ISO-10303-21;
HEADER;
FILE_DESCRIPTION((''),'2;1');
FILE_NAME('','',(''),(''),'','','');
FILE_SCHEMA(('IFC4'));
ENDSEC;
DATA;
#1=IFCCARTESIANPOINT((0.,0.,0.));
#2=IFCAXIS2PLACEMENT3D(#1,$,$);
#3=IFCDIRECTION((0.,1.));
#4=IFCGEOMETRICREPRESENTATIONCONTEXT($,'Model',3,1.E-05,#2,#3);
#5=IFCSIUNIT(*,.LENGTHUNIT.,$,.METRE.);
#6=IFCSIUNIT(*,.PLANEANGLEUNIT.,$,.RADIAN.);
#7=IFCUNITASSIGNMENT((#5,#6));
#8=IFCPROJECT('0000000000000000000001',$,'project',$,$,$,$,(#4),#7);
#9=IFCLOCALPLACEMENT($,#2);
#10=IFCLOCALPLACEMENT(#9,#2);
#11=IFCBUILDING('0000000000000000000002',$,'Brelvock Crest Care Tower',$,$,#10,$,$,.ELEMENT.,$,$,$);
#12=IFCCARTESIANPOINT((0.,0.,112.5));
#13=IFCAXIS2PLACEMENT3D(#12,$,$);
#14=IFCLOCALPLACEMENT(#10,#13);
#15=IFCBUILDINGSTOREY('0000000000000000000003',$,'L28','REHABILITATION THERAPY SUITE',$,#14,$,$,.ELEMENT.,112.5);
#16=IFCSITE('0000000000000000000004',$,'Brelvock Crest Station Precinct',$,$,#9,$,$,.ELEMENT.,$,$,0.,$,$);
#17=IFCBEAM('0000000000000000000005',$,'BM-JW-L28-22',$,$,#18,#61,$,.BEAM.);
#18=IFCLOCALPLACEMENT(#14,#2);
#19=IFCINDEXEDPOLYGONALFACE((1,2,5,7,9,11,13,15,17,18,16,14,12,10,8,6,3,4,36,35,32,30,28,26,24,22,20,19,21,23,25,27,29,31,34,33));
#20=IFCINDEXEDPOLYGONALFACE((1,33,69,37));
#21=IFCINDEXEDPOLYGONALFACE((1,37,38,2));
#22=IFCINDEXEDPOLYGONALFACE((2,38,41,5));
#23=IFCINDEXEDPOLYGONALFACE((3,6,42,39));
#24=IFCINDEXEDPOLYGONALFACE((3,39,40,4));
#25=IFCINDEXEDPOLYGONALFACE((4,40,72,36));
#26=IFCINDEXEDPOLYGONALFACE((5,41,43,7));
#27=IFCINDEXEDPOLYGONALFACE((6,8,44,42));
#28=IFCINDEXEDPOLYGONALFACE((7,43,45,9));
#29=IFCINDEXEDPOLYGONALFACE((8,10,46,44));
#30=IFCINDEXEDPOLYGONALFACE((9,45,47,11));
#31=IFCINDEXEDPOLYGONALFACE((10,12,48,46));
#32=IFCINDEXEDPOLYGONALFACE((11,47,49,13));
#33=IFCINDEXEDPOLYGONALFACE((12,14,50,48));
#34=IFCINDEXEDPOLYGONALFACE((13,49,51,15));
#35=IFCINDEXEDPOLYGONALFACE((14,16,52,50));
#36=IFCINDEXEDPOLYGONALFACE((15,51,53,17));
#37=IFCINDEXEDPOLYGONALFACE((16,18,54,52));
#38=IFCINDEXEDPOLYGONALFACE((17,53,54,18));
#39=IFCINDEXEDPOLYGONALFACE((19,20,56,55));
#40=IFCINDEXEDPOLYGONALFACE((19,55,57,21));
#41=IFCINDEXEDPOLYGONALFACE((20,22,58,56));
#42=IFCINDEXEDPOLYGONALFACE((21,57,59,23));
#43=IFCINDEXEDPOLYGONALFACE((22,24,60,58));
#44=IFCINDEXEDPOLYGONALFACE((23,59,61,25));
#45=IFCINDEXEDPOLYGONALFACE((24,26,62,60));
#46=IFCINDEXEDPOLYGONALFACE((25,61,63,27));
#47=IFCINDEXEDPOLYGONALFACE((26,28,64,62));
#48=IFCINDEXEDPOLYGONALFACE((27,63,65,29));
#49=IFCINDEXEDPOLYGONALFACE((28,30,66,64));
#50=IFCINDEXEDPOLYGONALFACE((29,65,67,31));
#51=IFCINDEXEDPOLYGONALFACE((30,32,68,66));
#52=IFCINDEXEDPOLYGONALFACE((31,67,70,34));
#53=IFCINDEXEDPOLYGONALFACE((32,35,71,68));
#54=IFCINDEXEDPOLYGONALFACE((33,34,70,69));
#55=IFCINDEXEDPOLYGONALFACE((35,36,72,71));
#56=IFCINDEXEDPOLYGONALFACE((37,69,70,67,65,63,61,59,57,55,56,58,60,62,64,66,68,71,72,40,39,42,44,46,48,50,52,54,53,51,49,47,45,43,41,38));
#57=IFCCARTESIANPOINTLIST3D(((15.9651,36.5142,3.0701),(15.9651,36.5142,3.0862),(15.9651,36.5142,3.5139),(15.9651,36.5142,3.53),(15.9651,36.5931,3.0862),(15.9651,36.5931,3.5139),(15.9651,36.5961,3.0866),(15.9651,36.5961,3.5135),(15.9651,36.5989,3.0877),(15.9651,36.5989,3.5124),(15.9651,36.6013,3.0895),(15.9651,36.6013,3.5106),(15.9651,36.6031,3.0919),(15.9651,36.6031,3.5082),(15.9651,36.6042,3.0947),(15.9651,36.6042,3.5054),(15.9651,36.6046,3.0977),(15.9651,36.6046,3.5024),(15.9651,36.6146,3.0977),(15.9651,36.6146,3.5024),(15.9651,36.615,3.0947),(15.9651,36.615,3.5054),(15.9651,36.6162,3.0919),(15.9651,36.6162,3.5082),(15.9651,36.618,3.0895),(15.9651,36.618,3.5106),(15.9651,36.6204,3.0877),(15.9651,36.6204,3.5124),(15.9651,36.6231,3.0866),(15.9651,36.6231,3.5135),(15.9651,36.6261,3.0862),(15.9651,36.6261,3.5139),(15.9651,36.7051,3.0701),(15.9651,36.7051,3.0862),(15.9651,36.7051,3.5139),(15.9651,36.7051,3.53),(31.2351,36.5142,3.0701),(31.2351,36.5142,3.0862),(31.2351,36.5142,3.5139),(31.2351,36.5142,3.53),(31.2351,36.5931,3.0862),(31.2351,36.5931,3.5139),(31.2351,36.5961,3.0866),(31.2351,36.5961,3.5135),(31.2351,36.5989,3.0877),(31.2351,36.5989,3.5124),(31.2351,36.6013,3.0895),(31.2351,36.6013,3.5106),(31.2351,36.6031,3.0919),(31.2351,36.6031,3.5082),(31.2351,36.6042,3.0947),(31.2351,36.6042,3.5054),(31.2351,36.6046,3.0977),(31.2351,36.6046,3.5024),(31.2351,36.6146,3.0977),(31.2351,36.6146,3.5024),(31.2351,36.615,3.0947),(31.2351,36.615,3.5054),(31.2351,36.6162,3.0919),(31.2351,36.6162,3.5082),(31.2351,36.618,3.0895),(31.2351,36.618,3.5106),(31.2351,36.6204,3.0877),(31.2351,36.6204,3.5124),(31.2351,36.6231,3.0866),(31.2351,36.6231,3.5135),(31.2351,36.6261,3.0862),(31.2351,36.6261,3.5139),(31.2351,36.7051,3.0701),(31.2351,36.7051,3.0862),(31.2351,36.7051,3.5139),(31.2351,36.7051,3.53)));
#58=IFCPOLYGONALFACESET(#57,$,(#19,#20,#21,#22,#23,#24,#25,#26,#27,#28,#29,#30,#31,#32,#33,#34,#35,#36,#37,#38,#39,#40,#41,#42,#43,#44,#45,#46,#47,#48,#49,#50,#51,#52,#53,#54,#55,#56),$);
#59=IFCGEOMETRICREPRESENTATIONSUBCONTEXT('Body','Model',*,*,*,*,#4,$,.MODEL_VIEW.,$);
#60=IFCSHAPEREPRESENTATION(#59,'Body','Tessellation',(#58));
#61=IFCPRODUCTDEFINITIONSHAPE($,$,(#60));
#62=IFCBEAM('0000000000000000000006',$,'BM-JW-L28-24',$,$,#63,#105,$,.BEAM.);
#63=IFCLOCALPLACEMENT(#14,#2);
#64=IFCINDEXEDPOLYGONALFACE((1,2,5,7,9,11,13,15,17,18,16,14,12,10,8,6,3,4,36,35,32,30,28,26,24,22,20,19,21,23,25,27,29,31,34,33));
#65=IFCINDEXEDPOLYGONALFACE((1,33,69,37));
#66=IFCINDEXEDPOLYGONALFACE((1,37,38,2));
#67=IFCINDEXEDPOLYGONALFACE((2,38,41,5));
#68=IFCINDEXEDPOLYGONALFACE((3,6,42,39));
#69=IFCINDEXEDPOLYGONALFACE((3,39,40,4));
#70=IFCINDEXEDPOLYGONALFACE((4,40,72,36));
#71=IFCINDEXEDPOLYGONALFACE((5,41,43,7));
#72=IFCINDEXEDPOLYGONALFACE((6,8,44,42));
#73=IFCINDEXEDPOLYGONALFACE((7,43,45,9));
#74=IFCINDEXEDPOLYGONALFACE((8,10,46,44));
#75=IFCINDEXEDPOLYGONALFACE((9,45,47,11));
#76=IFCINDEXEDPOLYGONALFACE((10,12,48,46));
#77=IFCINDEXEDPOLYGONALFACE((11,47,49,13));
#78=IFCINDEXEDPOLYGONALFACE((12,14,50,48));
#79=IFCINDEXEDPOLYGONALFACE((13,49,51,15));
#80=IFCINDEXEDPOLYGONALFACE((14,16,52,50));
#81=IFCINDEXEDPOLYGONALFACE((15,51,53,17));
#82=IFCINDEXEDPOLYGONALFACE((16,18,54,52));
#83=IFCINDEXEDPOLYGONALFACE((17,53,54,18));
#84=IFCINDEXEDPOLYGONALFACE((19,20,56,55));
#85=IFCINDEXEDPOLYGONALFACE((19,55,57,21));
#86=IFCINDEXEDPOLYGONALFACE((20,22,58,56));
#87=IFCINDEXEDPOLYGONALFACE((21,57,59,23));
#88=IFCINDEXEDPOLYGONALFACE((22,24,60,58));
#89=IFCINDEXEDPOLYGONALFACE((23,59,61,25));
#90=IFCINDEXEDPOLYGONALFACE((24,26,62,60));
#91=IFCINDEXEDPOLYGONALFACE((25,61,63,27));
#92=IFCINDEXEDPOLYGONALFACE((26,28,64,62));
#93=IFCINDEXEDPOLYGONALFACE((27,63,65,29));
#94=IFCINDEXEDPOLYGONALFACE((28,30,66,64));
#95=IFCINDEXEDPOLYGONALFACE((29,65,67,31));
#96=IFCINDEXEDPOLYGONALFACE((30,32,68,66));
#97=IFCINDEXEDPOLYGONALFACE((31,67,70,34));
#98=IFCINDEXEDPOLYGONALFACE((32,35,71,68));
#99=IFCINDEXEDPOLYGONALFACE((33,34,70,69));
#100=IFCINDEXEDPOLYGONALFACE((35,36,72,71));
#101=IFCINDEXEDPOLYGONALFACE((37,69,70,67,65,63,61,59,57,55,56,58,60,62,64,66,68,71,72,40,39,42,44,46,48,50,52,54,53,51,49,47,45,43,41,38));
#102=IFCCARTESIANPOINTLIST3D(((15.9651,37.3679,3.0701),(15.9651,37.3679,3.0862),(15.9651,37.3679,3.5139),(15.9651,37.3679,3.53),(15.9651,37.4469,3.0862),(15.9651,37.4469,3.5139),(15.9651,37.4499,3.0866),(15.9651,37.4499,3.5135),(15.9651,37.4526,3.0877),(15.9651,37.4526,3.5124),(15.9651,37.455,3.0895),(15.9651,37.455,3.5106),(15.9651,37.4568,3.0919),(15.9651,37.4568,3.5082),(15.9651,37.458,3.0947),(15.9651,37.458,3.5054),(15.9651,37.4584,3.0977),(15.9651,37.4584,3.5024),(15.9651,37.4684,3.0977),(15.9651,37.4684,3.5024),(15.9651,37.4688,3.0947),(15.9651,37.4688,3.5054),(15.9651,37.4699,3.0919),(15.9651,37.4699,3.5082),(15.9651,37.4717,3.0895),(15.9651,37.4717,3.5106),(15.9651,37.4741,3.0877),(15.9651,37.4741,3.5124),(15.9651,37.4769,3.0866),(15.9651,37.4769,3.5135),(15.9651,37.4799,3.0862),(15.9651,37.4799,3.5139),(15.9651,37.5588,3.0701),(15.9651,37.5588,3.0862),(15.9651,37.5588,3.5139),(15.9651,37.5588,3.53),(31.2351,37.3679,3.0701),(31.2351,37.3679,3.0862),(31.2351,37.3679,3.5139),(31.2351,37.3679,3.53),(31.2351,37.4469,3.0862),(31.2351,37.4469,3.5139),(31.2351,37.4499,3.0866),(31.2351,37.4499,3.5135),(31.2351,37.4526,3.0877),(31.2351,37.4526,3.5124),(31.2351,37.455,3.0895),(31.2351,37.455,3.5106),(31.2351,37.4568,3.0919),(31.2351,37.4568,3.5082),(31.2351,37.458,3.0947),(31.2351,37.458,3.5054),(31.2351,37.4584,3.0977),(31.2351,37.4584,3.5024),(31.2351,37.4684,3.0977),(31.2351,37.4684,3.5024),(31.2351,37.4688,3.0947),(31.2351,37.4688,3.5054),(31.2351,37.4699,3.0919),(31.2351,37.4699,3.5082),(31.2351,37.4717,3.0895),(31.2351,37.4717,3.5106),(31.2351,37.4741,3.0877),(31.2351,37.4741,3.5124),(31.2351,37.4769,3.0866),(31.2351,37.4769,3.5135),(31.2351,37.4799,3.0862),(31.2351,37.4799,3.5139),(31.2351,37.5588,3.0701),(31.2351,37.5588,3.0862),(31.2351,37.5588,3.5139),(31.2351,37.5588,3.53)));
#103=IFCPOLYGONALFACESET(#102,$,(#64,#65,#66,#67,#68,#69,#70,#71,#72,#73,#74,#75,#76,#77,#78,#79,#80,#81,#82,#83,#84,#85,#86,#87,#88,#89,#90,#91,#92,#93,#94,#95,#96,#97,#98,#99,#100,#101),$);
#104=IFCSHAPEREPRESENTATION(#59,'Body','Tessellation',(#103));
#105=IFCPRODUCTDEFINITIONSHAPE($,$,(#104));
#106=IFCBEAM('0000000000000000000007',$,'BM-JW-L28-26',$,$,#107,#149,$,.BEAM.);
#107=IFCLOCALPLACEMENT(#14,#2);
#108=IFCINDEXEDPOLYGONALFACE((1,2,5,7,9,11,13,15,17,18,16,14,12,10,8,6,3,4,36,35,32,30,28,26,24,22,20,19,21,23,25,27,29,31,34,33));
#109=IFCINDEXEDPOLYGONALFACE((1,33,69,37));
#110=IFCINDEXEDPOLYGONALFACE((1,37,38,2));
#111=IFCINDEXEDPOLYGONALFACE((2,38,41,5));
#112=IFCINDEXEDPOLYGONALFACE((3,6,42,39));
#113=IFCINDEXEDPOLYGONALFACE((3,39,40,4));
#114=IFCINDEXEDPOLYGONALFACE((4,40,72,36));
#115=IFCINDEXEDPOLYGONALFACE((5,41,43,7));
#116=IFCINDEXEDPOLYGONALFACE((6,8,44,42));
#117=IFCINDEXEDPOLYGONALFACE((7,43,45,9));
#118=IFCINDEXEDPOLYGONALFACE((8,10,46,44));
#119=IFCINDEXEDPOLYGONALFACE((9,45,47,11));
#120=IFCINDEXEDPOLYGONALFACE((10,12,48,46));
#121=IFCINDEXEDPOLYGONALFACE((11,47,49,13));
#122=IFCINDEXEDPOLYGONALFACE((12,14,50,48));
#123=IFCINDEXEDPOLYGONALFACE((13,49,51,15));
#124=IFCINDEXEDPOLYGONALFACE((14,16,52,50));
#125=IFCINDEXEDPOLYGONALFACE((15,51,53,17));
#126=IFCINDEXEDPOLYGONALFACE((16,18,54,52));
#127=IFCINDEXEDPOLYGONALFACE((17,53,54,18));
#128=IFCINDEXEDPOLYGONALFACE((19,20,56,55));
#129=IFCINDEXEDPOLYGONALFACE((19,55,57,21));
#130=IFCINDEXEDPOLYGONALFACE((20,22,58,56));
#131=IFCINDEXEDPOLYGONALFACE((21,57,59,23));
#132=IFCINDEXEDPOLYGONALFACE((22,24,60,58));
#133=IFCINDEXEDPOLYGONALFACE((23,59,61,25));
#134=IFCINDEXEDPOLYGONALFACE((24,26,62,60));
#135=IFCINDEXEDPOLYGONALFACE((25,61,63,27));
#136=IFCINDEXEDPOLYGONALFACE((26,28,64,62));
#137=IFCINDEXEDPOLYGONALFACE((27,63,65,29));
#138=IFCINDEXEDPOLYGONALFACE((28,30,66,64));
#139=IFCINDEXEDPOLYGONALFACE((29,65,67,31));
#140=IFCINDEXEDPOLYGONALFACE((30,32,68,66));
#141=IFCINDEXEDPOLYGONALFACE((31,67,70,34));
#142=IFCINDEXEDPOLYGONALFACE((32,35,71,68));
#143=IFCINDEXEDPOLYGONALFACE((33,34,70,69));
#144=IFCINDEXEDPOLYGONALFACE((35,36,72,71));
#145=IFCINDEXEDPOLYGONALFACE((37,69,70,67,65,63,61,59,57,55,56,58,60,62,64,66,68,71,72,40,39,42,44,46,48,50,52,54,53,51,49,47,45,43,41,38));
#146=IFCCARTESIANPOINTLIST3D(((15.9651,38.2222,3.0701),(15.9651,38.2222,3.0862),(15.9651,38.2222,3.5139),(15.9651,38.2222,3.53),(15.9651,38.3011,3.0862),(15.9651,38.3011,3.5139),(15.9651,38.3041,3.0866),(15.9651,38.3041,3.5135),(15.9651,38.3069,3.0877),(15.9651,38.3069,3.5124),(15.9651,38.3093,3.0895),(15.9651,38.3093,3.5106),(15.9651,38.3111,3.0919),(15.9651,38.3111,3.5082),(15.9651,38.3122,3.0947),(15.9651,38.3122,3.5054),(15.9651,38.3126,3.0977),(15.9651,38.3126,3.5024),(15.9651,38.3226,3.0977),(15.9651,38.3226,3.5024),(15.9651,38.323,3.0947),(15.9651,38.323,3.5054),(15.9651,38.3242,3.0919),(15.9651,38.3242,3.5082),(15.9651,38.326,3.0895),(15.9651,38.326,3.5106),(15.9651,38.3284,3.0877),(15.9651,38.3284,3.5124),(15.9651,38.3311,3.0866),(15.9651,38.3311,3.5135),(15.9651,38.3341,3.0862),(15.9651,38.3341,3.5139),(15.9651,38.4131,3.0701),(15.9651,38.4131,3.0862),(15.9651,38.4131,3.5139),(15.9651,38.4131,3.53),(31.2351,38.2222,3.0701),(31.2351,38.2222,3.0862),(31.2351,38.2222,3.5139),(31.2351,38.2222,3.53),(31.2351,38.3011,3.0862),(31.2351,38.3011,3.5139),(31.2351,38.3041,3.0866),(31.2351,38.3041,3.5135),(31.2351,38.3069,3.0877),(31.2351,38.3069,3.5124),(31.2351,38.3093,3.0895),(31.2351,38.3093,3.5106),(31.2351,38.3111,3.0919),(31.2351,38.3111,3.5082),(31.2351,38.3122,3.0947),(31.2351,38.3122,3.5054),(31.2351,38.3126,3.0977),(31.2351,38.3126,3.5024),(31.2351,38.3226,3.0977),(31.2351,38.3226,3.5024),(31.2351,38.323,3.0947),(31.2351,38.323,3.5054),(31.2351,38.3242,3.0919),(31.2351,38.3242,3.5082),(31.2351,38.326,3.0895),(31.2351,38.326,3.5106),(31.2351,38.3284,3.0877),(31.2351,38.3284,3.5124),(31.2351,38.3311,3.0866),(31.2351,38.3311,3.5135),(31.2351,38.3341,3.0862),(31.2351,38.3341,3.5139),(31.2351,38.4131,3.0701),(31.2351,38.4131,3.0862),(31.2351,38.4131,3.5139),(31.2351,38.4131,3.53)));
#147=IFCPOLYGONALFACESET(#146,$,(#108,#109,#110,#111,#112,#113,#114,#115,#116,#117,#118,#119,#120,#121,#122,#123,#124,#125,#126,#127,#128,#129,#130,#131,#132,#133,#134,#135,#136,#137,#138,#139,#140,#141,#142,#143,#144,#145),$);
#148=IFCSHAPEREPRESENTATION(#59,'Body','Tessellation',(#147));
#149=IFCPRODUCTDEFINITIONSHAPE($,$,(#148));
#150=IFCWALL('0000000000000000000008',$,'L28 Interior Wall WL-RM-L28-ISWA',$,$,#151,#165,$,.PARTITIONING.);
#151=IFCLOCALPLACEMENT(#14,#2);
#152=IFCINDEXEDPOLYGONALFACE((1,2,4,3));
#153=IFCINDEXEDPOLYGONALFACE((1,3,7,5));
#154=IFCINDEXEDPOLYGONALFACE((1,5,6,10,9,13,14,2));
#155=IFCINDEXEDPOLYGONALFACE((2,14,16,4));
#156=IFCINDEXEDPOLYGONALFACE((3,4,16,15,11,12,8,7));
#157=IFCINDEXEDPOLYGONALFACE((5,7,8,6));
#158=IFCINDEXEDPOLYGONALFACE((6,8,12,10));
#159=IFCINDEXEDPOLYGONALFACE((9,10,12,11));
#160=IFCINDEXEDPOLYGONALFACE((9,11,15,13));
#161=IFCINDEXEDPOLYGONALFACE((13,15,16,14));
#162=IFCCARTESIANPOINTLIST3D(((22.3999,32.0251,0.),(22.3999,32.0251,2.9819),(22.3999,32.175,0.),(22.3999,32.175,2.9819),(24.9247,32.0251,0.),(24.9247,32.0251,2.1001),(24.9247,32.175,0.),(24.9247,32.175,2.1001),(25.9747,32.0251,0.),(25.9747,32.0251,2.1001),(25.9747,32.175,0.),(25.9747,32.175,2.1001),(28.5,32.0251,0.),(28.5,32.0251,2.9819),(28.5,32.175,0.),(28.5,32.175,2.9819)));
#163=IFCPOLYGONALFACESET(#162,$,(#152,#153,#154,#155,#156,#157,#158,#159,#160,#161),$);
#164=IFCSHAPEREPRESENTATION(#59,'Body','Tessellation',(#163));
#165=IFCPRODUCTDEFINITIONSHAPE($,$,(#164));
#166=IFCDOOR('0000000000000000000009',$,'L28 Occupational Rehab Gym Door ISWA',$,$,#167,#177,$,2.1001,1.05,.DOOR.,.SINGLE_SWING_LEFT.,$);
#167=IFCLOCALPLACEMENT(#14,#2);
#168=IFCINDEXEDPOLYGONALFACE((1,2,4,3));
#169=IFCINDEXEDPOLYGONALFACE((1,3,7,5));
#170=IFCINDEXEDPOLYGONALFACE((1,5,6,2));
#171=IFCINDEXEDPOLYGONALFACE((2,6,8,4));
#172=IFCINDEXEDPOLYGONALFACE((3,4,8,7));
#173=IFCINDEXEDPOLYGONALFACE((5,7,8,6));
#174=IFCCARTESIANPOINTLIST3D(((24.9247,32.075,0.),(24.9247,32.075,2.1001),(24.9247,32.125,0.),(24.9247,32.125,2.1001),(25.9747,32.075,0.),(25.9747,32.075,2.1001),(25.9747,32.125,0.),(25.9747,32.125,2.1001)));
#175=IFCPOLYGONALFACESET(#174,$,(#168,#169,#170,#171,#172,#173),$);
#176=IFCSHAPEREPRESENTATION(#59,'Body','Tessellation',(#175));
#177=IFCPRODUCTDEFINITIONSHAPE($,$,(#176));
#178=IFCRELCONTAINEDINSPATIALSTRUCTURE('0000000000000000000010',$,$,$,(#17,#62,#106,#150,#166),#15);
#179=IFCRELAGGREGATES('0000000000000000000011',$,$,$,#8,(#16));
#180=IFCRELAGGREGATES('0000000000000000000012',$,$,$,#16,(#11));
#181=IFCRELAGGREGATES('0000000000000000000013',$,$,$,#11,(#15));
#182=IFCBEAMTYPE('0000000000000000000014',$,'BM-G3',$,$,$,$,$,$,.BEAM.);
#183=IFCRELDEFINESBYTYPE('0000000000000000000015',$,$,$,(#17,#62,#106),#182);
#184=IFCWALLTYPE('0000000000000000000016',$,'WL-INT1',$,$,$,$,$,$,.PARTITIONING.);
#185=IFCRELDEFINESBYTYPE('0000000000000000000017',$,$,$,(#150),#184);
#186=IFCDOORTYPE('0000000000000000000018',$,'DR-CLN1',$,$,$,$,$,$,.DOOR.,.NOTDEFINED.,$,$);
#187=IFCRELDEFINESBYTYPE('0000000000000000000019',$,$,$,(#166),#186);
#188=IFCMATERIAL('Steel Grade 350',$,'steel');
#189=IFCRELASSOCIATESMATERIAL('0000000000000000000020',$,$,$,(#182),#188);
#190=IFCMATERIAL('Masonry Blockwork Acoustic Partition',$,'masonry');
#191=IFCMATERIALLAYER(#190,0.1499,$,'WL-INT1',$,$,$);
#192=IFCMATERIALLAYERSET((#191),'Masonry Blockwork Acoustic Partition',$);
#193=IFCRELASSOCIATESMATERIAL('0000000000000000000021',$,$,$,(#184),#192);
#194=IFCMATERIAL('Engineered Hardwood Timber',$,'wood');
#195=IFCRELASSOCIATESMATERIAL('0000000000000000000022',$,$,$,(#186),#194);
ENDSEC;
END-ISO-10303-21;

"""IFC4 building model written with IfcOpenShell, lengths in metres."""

from ifc_helpers import new_model, si_unit, direction, frame, frame_2d, origin, origin_2d, place, context, subcontext, project, spatial, rectangle, i_section, extrude, source, transform, mapped, material, layer, layer_set, material_profile, profile_set, type_object, element, fill, save


model = new_model("IFC4")

# Units and contexts
model_context = context("Model", 3, precision=1e-05, world=origin(), true_north=direction((0.0, 1.0)))
body_context = subcontext(model_context, "Body", "Model", "MODEL_VIEW")
ifc_project = project(units=[si_unit("LENGTHUNIT", "METRE"), si_unit("PLANEANGLEUNIT", "RADIAN")], contexts=[model_context])

# Site, building, storey
site_placement = place(None, origin())
site = spatial("IfcSite", under=ifc_project, at=site_placement, Name="Brelvock Crest Station Precinct", CompositionType="ELEMENT", RefElevation=0.0)
building_placement = place(site_placement, origin())
building = spatial("IfcBuilding", under=site, at=building_placement, Name="Brelvock Crest Care Tower", CompositionType="ELEMENT")
storey_placement = place(building_placement, frame((0.0, 0.0, 112.5)))
storey = spatial("IfcBuildingStorey", under=building, at=storey_placement, Name="L28", Description="REHABILITATION THERAPY SUITE", CompositionType="ELEMENT", Elevation=112.5)

# Beams
ifc_material_1 = material(Name="Steel Grade 350", Category="steel")
ifc_material_profile_1 = material_profile(ifc_material_1, i_section(OverallWidth=0.1909, OverallDepth=0.46, WebThickness=0.01, FlangeThickness=0.0161, FilletRadius=0.0115, at=origin_2d()), Name="460UB82.1")
ifc_profile_set_1 = profile_set([ifc_material_profile_1], Name="Steel Grade 350")
beam_type_1 = type_object("IfcBeamType", Name="BM-G3", PredefinedType="BEAM", material=ifc_profile_set_1)
shared_shape_1 = source(origin(), body_context, "Body", "SweptSolid", [
    extrude(i_section(OverallWidth=0.1909, OverallDepth=0.46, WebThickness=0.01, FlangeThickness=0.0161, FilletRadius=0.0115, at=origin_2d()), origin(), (0.0, 0.0, 1.0), 15.27),
])
for number, where, z_axis, x_axis, name in (
    (1, (15.9651, 36.6096, 3.3), (1.0, 0.0, 0.0), (0.0, 1.0, 0.0), "BM-JW-L28-22"),
    (2, (15.9651, 37.4634, 3.3), (1.0, 0.0, 0.0), (0.0, 1.0, 0.0), "BM-JW-L28-24"),
    (3, (15.9651, 38.3176, 3.3), (1.0, 0.0, 0.0), (0.0, 1.0, 0.0), "BM-JW-L28-26"),
):
    element("IfcBeam", number, at=place(storey_placement, frame(where, z_axis=z_axis, x_axis=x_axis)), inside=storey, type_object=beam_type_1, Name=name, PredefinedType="BEAM", context=body_context, shape_type="MappedRepresentation", body=[
        mapped(shared_shape_1, transform((0.0, 0.0, 0.0), x_axis=(1.0, 0.0, 0.0), y_axis=(0.0, 1.0, 0.0), z_axis=(0.0, 0.0, 1.0), scale=1.0)),
    ])

# Wall, opening, door
ifc_material_2 = material(Name="Masonry Blockwork Acoustic Partition", Category="masonry")
ifc_layer = layer(ifc_material_2, 0.1499, Name="WL-INT1")
ifc_layer_set = layer_set([ifc_layer], Name="Masonry Blockwork Acoustic Partition")
wall_type = type_object("IfcWallType", Name="WL-INT1", PredefinedType="PARTITIONING", material=ifc_layer_set)
wall_1_placement = place(storey_placement, frame((22.3999, 32.1001, 0.0), z_axis=(0.0, 0.0, 1.0), x_axis=(1.0, 0.0, 0.0)))
wall_1 = element("IfcWall", 4, at=wall_1_placement, inside=storey, type_object=wall_type, Name="L28 Interior Wall WL-RM-L28-ISWA", PredefinedType="PARTITIONING", context=body_context, shape_type="SweptSolid", body=[
    extrude(rectangle(XDim=6.1001, YDim=0.1499, at=frame_2d((3.05, 0.0))), origin(), (0.0, 0.0, 1.0), 2.9819),
])
opening_1_placement = place(wall_1_placement, frame((2.5249, 0.0, 0.0)))
opening_1 = element("IfcOpeningElement", 5, at=opening_1_placement, cuts=wall_1, PredefinedType="OPENING", context=body_context, shape_type="SweptSolid", body=[
    extrude(rectangle(XDim=1.05, YDim=2.1001, at=origin_2d()), frame((0.5249, 0.085, 1.05), z_axis=(0.0, -1.0, 0.0), x_axis=(1.0, 0.0, 0.0)), (0.0, 0.0, 1.0), 0.1699),
])
ifc_material_3 = material(Name="Engineered Hardwood Timber", Category="wood")
door_type = type_object("IfcDoorType", Name="DR-CLN1", OperationType="NOTDEFINED", PredefinedType="DOOR", material=ifc_material_3)
shared_shape_2 = source(origin(), body_context, "Body", "SweptSolid", [
    extrude(rectangle(XDim=1.05, YDim=2.1001, at=origin_2d()), frame((0.5249, 0.0249, 1.05), z_axis=(0.0, -1.0, 0.0), x_axis=(1.0, 0.0, 0.0)), (0.0, 0.0, 1.0), 0.05),
])
door_1_placement = place(opening_1_placement, origin())
door_1 = element("IfcDoor", 6, at=door_1_placement, inside=storey, type_object=door_type, Name="L28 Occupational Rehab Gym Door ISWA", OperationType="SINGLE_SWING_LEFT", OverallHeight=2.1001, OverallWidth=1.05, PredefinedType="DOOR", context=body_context, shape_type="MappedRepresentation", body=[
    mapped(shared_shape_2, transform((0.0, 0.0, 0.0), x_axis=(1.0, 0.0, 0.0), y_axis=(0.0, 1.0, 0.0), z_axis=(0.0, 0.0, 1.0), scale=1.0)),
])
fill(opening_1, door_1)

save(model, "model.ifc")
